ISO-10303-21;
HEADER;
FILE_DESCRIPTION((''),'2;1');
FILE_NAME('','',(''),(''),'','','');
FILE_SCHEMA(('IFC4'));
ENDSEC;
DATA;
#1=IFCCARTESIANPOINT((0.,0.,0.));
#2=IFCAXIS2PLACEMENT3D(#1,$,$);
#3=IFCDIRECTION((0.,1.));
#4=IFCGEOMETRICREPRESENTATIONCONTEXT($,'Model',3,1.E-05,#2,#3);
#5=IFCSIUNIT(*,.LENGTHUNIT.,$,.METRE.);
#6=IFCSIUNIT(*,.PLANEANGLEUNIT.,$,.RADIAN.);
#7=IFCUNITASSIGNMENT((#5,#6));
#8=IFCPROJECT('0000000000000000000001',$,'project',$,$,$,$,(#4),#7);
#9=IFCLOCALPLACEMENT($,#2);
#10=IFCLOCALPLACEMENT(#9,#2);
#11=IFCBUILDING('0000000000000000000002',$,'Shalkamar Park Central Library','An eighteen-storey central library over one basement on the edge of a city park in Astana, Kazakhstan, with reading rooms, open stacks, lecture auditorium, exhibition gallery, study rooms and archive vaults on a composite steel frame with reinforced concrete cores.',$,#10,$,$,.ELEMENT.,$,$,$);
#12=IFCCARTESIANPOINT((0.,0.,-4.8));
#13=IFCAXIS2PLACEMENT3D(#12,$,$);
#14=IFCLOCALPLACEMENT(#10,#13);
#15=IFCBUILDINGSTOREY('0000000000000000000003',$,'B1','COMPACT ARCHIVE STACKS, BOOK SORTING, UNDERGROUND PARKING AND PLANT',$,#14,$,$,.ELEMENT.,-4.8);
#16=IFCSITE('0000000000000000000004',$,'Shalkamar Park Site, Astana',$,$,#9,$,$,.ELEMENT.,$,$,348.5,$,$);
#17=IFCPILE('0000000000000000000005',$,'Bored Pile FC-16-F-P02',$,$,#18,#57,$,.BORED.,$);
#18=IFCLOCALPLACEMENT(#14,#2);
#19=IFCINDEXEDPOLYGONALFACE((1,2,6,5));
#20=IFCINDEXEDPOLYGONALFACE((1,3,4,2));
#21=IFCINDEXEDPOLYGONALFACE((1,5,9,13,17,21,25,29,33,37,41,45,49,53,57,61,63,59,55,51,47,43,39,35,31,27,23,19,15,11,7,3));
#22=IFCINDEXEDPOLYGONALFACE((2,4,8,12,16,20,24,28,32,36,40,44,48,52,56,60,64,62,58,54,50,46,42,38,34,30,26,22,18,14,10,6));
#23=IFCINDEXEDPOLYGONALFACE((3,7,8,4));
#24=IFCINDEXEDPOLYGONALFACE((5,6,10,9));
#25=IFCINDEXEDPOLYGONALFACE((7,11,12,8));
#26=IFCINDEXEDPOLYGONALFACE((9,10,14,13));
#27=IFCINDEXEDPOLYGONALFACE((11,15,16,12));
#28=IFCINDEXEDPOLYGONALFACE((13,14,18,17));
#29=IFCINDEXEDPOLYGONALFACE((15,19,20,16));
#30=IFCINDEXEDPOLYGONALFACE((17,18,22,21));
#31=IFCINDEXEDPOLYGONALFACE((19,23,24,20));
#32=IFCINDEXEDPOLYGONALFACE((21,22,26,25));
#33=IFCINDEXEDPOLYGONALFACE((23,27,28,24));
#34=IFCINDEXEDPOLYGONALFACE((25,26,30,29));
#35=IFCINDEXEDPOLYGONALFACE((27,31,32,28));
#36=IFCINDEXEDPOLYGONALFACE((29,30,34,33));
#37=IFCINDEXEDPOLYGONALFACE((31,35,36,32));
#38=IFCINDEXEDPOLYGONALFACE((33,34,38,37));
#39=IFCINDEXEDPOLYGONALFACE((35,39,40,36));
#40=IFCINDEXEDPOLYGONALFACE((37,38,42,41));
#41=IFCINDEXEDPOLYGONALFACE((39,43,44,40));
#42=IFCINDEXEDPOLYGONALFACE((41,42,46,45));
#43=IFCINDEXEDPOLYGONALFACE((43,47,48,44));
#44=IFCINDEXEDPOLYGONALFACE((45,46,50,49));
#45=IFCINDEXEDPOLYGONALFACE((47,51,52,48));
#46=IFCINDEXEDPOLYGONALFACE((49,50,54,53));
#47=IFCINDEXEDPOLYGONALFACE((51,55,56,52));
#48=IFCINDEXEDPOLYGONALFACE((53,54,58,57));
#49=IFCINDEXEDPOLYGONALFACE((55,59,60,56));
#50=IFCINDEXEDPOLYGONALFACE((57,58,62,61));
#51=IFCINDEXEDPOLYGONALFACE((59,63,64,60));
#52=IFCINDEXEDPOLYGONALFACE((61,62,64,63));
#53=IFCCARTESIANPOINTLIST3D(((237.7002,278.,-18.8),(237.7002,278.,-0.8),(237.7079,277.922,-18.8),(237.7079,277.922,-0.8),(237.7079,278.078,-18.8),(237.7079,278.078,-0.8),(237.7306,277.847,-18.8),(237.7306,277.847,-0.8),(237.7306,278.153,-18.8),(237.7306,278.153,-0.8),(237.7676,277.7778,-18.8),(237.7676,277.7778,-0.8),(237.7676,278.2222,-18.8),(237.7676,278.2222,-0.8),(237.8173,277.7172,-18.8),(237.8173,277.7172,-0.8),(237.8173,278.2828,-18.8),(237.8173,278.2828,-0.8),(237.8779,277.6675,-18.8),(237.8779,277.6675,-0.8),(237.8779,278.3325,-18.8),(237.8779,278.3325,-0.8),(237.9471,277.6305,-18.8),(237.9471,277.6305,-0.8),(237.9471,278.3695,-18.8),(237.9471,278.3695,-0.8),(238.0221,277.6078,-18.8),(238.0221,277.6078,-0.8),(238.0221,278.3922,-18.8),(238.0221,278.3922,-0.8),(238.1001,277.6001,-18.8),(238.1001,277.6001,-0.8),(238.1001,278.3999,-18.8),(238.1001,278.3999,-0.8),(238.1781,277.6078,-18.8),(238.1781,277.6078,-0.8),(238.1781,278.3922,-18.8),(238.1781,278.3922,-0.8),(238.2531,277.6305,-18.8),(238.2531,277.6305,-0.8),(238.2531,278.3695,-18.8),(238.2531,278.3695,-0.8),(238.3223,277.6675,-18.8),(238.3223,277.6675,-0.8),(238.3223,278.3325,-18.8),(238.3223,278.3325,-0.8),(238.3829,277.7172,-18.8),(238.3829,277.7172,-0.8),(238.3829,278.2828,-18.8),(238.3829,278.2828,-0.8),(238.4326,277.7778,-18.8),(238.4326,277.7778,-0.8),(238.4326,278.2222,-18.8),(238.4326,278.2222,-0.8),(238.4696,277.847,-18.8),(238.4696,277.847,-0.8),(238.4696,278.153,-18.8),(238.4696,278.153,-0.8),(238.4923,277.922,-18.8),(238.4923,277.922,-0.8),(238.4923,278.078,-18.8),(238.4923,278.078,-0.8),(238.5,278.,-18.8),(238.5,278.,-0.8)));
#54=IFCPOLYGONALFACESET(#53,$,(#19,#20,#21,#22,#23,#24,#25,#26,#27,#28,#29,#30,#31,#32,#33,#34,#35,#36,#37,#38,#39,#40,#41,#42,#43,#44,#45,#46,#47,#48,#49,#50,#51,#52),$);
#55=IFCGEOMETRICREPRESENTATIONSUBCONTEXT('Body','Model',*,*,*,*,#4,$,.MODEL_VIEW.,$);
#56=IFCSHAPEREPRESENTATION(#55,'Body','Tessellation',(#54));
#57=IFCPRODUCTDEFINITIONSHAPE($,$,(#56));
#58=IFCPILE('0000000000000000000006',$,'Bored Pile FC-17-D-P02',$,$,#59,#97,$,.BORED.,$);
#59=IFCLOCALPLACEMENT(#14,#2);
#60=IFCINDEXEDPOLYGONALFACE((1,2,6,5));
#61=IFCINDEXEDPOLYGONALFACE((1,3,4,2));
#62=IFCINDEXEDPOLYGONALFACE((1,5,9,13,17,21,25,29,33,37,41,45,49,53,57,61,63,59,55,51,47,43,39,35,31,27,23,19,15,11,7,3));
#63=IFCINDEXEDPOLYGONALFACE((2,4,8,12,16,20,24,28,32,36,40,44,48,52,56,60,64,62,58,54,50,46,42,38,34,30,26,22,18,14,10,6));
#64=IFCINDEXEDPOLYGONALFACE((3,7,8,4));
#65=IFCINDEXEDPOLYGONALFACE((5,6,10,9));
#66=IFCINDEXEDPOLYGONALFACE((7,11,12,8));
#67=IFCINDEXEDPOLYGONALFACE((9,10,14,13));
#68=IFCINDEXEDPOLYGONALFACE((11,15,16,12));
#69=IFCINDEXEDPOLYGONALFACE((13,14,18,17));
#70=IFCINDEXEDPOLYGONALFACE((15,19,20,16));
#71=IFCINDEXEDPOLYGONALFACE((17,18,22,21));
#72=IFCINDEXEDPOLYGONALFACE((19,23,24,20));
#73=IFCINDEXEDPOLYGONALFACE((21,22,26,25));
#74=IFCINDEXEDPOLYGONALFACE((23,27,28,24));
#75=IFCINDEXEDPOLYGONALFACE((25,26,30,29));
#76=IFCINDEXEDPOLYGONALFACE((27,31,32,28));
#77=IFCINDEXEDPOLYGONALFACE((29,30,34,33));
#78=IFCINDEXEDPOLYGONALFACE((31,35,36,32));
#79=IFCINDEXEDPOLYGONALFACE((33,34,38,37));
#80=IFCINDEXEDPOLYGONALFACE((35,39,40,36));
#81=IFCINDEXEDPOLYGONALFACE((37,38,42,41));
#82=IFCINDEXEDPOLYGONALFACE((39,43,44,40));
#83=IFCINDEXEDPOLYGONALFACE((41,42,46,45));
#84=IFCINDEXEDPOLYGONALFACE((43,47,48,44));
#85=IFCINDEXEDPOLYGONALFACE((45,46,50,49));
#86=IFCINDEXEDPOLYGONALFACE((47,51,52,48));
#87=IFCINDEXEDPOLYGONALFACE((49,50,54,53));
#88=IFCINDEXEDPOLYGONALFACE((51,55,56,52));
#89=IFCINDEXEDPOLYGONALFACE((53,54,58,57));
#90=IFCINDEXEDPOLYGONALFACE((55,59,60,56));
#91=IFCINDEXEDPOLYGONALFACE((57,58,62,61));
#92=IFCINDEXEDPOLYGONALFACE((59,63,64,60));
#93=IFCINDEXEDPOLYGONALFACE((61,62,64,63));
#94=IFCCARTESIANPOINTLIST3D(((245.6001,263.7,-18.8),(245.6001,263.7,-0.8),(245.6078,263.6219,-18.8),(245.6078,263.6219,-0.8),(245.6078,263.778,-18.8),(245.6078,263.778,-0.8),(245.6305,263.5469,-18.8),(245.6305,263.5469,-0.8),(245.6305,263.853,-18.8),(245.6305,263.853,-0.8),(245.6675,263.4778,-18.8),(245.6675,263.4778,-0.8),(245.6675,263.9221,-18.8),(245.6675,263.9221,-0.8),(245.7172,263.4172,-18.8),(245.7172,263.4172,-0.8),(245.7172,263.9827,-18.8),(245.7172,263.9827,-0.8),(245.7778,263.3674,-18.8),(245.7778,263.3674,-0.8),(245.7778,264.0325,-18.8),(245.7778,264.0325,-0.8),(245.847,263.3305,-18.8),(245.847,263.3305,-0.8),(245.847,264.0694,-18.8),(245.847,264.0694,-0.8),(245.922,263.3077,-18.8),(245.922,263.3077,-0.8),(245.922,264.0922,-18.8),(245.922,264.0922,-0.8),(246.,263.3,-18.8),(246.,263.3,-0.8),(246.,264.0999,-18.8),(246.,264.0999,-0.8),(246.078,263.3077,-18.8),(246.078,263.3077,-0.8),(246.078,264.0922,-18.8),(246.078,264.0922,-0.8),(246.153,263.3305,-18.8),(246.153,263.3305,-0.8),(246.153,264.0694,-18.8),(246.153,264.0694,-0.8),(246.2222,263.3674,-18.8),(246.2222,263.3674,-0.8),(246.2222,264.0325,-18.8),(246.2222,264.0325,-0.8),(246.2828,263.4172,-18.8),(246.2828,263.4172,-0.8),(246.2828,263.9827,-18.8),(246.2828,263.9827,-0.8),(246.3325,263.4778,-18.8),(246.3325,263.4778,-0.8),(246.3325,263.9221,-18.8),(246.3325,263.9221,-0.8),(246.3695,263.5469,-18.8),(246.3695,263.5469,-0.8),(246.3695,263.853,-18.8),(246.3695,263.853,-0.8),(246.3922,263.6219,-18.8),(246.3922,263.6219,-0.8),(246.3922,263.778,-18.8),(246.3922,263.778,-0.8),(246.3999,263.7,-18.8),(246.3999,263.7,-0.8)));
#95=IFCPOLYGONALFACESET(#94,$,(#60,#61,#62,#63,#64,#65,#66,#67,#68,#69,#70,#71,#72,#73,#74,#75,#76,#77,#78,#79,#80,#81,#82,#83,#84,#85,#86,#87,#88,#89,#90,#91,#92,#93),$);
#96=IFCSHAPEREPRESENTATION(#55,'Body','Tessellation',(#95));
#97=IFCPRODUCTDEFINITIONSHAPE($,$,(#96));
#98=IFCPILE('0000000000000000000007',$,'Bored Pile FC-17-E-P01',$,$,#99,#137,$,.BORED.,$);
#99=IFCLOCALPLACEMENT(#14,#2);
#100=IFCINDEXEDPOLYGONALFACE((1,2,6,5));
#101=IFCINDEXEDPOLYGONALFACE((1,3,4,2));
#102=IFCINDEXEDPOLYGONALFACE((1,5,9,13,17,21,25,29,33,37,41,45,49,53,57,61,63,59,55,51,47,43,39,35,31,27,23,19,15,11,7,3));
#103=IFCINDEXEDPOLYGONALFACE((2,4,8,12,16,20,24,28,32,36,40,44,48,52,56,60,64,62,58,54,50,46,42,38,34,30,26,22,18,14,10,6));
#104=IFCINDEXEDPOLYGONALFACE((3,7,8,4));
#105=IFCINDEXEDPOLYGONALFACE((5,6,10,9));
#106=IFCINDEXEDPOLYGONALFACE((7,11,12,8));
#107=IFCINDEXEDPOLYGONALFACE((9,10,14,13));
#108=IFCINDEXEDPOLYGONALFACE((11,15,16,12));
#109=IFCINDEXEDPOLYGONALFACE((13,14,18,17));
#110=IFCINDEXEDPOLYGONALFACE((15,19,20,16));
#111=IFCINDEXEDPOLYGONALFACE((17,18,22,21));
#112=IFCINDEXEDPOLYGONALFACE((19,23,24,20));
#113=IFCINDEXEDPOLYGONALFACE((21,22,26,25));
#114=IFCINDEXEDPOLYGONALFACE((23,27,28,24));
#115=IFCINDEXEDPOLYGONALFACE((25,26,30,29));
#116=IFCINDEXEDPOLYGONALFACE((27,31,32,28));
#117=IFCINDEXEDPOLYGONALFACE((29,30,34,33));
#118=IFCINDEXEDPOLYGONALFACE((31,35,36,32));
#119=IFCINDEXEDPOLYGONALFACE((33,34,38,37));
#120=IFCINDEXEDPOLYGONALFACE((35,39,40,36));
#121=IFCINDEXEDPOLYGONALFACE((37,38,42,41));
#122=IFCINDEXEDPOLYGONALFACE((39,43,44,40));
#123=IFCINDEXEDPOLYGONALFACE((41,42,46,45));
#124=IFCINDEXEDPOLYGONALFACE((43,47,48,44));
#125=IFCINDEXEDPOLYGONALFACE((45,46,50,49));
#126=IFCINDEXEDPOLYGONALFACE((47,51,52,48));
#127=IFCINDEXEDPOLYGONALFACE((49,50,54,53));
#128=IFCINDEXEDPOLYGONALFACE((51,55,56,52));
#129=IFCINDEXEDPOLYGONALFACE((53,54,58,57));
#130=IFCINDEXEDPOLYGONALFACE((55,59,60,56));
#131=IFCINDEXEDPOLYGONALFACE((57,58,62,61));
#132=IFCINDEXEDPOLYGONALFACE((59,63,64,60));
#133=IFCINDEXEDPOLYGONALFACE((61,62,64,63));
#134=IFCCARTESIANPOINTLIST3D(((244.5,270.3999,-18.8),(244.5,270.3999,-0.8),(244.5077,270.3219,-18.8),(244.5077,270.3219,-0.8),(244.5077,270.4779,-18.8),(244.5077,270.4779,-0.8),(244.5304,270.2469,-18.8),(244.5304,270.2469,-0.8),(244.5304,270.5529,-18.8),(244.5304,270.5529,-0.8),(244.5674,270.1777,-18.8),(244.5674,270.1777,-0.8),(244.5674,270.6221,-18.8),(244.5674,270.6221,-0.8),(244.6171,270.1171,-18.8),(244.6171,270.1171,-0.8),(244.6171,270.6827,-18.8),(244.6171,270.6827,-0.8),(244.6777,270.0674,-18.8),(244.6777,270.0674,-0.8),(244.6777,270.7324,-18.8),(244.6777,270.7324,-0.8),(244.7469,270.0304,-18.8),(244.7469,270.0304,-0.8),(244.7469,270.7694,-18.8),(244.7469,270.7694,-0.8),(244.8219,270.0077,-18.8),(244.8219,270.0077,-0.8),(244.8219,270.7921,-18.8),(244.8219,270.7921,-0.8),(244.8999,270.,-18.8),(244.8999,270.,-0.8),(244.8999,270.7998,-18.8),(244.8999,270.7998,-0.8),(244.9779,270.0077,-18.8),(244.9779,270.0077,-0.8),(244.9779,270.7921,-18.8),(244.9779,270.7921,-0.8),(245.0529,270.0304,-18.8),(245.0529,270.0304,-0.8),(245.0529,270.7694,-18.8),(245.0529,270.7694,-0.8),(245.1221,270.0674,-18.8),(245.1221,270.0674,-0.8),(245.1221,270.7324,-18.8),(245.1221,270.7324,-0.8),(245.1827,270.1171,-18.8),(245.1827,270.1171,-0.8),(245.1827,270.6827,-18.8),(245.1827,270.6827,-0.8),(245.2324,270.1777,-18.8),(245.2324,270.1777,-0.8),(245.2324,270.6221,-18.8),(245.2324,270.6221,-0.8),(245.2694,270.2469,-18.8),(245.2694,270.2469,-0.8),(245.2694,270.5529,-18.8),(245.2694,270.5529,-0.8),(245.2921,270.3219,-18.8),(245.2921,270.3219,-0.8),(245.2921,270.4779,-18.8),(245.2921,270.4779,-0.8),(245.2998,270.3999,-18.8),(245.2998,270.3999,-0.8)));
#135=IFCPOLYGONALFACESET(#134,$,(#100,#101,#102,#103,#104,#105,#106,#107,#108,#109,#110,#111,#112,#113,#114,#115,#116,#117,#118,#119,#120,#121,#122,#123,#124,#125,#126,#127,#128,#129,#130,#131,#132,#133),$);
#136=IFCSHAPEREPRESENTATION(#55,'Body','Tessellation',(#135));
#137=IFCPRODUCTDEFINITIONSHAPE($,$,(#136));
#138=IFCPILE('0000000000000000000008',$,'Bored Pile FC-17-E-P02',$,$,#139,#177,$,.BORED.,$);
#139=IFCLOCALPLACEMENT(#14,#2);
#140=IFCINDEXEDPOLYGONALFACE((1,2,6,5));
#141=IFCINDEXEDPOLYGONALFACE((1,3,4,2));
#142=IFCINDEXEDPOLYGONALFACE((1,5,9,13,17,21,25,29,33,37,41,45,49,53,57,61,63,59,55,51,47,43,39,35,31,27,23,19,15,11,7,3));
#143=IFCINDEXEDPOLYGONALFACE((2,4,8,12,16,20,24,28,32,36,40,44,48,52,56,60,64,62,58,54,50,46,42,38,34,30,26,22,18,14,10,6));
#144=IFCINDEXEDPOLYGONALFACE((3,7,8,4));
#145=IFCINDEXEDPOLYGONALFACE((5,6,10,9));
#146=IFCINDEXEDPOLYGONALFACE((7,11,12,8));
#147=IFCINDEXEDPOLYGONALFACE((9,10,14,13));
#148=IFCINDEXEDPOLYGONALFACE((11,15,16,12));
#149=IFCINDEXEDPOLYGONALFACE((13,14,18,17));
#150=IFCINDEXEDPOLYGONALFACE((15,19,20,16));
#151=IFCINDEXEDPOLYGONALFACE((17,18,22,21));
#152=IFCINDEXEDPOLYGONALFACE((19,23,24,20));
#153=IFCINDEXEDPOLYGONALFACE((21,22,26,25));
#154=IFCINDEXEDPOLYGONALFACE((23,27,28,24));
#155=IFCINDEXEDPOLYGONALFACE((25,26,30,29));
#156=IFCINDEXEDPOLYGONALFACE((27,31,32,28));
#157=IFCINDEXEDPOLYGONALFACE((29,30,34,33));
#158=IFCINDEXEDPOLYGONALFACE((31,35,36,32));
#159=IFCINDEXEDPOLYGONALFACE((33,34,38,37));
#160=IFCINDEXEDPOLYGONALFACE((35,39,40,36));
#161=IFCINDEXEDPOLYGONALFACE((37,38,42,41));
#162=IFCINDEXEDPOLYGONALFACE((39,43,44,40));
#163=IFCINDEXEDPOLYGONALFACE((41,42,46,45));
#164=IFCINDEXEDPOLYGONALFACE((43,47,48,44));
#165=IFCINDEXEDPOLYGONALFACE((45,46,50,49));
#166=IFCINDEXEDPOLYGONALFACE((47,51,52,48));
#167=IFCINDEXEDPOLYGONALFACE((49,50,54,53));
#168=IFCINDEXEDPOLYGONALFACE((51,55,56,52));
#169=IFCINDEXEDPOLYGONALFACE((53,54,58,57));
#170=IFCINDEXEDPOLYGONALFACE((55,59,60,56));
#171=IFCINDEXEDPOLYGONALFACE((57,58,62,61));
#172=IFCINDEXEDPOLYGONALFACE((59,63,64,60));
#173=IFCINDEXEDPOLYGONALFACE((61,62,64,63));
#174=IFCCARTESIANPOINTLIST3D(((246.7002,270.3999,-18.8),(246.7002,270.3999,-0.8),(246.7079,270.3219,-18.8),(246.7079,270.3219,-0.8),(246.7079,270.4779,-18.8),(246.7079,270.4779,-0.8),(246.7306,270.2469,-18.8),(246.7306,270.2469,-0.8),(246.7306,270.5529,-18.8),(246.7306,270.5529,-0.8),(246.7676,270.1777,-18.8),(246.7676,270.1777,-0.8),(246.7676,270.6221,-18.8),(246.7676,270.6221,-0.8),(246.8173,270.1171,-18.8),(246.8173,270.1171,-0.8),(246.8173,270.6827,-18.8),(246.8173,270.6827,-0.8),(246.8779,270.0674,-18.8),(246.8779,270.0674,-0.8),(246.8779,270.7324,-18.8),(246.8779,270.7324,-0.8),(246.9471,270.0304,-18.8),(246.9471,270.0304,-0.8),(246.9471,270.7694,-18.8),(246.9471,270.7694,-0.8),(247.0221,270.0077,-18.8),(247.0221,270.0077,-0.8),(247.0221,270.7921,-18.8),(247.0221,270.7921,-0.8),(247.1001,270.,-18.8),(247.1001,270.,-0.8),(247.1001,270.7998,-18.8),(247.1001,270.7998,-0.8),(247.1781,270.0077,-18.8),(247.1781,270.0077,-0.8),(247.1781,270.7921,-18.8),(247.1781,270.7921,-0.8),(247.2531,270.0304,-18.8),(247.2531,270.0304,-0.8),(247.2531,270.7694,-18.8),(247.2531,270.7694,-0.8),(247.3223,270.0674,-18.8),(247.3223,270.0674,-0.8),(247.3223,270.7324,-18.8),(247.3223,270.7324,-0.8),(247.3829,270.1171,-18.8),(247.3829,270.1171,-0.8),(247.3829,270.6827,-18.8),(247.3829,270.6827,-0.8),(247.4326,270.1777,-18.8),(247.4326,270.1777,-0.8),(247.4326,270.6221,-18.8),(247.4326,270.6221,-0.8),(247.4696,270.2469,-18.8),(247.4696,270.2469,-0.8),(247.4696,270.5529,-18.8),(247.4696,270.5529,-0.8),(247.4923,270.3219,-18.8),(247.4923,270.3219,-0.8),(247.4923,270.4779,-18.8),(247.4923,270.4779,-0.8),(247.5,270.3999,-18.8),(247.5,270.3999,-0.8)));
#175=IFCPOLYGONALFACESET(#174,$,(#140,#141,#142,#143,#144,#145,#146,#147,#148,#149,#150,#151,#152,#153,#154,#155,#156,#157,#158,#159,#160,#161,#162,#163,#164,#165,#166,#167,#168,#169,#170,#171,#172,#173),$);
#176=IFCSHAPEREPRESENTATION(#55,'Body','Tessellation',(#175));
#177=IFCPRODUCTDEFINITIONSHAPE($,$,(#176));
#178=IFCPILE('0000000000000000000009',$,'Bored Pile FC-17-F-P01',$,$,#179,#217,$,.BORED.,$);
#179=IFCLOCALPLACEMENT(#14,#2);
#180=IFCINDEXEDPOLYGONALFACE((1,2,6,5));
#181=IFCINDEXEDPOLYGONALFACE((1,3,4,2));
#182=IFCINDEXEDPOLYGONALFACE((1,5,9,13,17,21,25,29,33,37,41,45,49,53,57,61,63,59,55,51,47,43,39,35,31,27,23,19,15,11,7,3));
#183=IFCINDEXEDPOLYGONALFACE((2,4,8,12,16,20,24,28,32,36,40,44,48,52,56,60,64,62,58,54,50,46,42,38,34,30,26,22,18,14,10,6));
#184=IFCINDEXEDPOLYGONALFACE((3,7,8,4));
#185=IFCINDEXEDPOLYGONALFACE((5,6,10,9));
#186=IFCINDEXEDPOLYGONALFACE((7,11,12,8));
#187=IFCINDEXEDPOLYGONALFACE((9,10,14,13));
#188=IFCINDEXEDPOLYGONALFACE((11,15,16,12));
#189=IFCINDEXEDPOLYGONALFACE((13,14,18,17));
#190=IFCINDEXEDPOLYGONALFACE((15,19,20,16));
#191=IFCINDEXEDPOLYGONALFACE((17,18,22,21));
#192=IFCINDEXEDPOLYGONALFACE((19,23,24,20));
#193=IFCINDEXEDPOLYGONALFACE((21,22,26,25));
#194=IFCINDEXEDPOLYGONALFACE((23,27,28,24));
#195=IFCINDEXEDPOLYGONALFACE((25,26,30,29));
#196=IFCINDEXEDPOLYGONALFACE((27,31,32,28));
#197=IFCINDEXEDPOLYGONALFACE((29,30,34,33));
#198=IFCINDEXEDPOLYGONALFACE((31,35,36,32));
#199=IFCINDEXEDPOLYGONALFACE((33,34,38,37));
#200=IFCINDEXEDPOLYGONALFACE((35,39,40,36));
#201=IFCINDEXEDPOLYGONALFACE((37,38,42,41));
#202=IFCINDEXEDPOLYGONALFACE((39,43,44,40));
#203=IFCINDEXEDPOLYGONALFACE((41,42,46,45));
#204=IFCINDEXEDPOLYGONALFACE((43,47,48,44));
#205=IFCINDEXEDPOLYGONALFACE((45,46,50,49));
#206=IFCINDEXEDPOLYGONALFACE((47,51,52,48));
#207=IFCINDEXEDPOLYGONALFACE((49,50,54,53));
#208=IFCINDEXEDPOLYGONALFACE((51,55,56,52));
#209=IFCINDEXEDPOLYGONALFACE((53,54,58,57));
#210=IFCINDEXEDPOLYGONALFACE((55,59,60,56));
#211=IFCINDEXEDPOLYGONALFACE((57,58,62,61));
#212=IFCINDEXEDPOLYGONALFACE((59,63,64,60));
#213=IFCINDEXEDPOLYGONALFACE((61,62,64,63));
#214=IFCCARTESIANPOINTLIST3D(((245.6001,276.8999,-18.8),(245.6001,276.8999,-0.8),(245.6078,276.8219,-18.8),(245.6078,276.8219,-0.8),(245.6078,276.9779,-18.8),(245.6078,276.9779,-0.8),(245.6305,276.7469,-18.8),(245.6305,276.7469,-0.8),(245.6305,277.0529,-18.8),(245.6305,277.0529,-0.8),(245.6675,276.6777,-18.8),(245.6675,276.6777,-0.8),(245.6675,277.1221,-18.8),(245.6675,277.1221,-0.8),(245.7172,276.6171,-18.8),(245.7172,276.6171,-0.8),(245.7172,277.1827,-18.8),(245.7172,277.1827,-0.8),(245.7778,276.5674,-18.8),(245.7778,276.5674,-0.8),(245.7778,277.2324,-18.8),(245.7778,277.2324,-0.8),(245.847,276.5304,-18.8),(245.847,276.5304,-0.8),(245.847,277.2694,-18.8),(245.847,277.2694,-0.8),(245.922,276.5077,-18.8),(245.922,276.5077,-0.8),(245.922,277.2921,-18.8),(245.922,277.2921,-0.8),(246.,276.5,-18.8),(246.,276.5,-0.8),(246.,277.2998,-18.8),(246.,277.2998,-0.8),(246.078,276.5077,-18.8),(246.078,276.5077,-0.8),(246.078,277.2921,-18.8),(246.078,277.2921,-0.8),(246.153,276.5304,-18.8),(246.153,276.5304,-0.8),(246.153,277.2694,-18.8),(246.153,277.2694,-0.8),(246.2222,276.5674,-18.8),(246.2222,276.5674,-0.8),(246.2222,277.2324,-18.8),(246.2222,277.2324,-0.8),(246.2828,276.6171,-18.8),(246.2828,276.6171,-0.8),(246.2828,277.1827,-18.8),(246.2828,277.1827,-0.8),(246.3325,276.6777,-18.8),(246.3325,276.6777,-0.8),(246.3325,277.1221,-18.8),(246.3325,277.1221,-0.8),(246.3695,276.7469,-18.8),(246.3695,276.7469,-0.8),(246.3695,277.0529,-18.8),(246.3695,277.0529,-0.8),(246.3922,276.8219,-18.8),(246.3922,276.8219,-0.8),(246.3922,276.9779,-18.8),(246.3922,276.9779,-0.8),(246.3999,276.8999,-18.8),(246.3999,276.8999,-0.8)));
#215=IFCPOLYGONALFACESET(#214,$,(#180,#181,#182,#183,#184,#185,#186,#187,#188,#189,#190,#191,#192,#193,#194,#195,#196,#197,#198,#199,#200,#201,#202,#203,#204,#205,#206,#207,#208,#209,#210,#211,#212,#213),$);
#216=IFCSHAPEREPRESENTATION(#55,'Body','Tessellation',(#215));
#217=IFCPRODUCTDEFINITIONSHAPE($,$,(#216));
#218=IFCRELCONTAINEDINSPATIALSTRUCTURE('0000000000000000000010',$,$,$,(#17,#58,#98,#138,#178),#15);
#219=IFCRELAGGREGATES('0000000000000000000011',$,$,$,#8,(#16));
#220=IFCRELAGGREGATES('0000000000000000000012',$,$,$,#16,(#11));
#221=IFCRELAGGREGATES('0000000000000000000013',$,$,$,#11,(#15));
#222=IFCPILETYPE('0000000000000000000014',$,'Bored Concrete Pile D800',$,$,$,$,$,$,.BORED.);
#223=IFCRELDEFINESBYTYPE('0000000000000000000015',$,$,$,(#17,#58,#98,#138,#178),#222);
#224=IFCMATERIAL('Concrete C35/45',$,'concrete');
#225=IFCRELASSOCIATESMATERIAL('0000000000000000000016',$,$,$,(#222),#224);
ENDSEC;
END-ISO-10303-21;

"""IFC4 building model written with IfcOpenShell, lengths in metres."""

from ifc_helpers import new_model, si_unit, direction, frame, origin, origin_2d, place, context, subcontext, project, spatial, circle, extrude, material, material_profile, profile_set, type_object, element, save


model = new_model("IFC4")

# Units and contexts
model_context = context("Model", 3, precision=1e-05, world=origin(), true_north=direction((0.0, 1.0)))
body_context = subcontext(model_context, "Body", "Model", "MODEL_VIEW")
ifc_project = project(units=[si_unit("LENGTHUNIT", "METRE"), si_unit("PLANEANGLEUNIT", "RADIAN")], contexts=[model_context])

# Site, building, storey
site_placement = place(None, origin())
site = spatial("IfcSite", under=ifc_project, at=site_placement, Name="Shalkamar Park Site, Astana", CompositionType="ELEMENT", RefElevation=348.5)
building_placement = place(site_placement, origin())
building = spatial("IfcBuilding", under=site, at=building_placement, Name="Shalkamar Park Central Library", Description="An eighteen-storey central library over one basement on the edge of a city park in Astana, Kazakhstan, with reading rooms, open stacks, lecture auditorium, exhibition gallery, study rooms and archive vaults on a composite steel frame with reinforced concrete cores.", CompositionType="ELEMENT")
storey_placement = place(building_placement, frame((0.0, 0.0, -4.8)))
storey = spatial("IfcBuildingStorey", under=building, at=storey_placement, Name="B1", Description="COMPACT ARCHIVE STACKS, BOOK SORTING, UNDERGROUND PARKING AND PLANT", CompositionType="ELEMENT", Elevation=-4.8)

# Piles
ifc_material_1 = material(Name="Concrete C35/45", Category="concrete")
ifc_material_profile_1 = material_profile(ifc_material_1, circle(Radius=0.3999, at=origin_2d()), Name="PILE D800")
ifc_profile_set_1 = profile_set([ifc_material_profile_1], Name="Concrete C35/45")
pile_type = type_object("IfcPileType", Name="Bored Concrete Pile D800", PredefinedType="BORED", material=ifc_profile_set_1)
for number, where, z_axis, x_axis, name in (
    (1, (238.1001, 278.0, -0.8), (0.0, 0.0, -1.0), (1.0, 0.0, 0.0), "Bored Pile FC-16-F-P02"),
    (2, (246.0, 263.7, -0.8), (0.0, 0.0, -1.0), (1.0, 0.0, 0.0), "Bored Pile FC-17-D-P02"),
    (3, (244.8999, 270.3999, -0.8), (0.0, 0.0, -1.0), (1.0, 0.0, 0.0), "Bored Pile FC-17-E-P01"),
    (4, (247.1001, 270.3999, -0.8), (0.0, 0.0, -1.0), (1.0, 0.0, 0.0), "Bored Pile FC-17-E-P02"),
    (5, (246.0, 276.8999, -0.8), (0.0, 0.0, -1.0), (1.0, 0.0, 0.0), "Bored Pile FC-17-F-P01"),
):
    element("IfcPile", number, at=place(storey_placement, frame(where, z_axis=z_axis, x_axis=x_axis)), inside=storey, type_object=pile_type, Name=name, PredefinedType="BORED", context=body_context, shape_type="SweptSolid", body=[
        extrude(circle(Radius=0.3999, at=origin_2d()), origin(), (0.0, 0.0, 1.0), 18.0),
    ])

save(model, "model.ifc")
